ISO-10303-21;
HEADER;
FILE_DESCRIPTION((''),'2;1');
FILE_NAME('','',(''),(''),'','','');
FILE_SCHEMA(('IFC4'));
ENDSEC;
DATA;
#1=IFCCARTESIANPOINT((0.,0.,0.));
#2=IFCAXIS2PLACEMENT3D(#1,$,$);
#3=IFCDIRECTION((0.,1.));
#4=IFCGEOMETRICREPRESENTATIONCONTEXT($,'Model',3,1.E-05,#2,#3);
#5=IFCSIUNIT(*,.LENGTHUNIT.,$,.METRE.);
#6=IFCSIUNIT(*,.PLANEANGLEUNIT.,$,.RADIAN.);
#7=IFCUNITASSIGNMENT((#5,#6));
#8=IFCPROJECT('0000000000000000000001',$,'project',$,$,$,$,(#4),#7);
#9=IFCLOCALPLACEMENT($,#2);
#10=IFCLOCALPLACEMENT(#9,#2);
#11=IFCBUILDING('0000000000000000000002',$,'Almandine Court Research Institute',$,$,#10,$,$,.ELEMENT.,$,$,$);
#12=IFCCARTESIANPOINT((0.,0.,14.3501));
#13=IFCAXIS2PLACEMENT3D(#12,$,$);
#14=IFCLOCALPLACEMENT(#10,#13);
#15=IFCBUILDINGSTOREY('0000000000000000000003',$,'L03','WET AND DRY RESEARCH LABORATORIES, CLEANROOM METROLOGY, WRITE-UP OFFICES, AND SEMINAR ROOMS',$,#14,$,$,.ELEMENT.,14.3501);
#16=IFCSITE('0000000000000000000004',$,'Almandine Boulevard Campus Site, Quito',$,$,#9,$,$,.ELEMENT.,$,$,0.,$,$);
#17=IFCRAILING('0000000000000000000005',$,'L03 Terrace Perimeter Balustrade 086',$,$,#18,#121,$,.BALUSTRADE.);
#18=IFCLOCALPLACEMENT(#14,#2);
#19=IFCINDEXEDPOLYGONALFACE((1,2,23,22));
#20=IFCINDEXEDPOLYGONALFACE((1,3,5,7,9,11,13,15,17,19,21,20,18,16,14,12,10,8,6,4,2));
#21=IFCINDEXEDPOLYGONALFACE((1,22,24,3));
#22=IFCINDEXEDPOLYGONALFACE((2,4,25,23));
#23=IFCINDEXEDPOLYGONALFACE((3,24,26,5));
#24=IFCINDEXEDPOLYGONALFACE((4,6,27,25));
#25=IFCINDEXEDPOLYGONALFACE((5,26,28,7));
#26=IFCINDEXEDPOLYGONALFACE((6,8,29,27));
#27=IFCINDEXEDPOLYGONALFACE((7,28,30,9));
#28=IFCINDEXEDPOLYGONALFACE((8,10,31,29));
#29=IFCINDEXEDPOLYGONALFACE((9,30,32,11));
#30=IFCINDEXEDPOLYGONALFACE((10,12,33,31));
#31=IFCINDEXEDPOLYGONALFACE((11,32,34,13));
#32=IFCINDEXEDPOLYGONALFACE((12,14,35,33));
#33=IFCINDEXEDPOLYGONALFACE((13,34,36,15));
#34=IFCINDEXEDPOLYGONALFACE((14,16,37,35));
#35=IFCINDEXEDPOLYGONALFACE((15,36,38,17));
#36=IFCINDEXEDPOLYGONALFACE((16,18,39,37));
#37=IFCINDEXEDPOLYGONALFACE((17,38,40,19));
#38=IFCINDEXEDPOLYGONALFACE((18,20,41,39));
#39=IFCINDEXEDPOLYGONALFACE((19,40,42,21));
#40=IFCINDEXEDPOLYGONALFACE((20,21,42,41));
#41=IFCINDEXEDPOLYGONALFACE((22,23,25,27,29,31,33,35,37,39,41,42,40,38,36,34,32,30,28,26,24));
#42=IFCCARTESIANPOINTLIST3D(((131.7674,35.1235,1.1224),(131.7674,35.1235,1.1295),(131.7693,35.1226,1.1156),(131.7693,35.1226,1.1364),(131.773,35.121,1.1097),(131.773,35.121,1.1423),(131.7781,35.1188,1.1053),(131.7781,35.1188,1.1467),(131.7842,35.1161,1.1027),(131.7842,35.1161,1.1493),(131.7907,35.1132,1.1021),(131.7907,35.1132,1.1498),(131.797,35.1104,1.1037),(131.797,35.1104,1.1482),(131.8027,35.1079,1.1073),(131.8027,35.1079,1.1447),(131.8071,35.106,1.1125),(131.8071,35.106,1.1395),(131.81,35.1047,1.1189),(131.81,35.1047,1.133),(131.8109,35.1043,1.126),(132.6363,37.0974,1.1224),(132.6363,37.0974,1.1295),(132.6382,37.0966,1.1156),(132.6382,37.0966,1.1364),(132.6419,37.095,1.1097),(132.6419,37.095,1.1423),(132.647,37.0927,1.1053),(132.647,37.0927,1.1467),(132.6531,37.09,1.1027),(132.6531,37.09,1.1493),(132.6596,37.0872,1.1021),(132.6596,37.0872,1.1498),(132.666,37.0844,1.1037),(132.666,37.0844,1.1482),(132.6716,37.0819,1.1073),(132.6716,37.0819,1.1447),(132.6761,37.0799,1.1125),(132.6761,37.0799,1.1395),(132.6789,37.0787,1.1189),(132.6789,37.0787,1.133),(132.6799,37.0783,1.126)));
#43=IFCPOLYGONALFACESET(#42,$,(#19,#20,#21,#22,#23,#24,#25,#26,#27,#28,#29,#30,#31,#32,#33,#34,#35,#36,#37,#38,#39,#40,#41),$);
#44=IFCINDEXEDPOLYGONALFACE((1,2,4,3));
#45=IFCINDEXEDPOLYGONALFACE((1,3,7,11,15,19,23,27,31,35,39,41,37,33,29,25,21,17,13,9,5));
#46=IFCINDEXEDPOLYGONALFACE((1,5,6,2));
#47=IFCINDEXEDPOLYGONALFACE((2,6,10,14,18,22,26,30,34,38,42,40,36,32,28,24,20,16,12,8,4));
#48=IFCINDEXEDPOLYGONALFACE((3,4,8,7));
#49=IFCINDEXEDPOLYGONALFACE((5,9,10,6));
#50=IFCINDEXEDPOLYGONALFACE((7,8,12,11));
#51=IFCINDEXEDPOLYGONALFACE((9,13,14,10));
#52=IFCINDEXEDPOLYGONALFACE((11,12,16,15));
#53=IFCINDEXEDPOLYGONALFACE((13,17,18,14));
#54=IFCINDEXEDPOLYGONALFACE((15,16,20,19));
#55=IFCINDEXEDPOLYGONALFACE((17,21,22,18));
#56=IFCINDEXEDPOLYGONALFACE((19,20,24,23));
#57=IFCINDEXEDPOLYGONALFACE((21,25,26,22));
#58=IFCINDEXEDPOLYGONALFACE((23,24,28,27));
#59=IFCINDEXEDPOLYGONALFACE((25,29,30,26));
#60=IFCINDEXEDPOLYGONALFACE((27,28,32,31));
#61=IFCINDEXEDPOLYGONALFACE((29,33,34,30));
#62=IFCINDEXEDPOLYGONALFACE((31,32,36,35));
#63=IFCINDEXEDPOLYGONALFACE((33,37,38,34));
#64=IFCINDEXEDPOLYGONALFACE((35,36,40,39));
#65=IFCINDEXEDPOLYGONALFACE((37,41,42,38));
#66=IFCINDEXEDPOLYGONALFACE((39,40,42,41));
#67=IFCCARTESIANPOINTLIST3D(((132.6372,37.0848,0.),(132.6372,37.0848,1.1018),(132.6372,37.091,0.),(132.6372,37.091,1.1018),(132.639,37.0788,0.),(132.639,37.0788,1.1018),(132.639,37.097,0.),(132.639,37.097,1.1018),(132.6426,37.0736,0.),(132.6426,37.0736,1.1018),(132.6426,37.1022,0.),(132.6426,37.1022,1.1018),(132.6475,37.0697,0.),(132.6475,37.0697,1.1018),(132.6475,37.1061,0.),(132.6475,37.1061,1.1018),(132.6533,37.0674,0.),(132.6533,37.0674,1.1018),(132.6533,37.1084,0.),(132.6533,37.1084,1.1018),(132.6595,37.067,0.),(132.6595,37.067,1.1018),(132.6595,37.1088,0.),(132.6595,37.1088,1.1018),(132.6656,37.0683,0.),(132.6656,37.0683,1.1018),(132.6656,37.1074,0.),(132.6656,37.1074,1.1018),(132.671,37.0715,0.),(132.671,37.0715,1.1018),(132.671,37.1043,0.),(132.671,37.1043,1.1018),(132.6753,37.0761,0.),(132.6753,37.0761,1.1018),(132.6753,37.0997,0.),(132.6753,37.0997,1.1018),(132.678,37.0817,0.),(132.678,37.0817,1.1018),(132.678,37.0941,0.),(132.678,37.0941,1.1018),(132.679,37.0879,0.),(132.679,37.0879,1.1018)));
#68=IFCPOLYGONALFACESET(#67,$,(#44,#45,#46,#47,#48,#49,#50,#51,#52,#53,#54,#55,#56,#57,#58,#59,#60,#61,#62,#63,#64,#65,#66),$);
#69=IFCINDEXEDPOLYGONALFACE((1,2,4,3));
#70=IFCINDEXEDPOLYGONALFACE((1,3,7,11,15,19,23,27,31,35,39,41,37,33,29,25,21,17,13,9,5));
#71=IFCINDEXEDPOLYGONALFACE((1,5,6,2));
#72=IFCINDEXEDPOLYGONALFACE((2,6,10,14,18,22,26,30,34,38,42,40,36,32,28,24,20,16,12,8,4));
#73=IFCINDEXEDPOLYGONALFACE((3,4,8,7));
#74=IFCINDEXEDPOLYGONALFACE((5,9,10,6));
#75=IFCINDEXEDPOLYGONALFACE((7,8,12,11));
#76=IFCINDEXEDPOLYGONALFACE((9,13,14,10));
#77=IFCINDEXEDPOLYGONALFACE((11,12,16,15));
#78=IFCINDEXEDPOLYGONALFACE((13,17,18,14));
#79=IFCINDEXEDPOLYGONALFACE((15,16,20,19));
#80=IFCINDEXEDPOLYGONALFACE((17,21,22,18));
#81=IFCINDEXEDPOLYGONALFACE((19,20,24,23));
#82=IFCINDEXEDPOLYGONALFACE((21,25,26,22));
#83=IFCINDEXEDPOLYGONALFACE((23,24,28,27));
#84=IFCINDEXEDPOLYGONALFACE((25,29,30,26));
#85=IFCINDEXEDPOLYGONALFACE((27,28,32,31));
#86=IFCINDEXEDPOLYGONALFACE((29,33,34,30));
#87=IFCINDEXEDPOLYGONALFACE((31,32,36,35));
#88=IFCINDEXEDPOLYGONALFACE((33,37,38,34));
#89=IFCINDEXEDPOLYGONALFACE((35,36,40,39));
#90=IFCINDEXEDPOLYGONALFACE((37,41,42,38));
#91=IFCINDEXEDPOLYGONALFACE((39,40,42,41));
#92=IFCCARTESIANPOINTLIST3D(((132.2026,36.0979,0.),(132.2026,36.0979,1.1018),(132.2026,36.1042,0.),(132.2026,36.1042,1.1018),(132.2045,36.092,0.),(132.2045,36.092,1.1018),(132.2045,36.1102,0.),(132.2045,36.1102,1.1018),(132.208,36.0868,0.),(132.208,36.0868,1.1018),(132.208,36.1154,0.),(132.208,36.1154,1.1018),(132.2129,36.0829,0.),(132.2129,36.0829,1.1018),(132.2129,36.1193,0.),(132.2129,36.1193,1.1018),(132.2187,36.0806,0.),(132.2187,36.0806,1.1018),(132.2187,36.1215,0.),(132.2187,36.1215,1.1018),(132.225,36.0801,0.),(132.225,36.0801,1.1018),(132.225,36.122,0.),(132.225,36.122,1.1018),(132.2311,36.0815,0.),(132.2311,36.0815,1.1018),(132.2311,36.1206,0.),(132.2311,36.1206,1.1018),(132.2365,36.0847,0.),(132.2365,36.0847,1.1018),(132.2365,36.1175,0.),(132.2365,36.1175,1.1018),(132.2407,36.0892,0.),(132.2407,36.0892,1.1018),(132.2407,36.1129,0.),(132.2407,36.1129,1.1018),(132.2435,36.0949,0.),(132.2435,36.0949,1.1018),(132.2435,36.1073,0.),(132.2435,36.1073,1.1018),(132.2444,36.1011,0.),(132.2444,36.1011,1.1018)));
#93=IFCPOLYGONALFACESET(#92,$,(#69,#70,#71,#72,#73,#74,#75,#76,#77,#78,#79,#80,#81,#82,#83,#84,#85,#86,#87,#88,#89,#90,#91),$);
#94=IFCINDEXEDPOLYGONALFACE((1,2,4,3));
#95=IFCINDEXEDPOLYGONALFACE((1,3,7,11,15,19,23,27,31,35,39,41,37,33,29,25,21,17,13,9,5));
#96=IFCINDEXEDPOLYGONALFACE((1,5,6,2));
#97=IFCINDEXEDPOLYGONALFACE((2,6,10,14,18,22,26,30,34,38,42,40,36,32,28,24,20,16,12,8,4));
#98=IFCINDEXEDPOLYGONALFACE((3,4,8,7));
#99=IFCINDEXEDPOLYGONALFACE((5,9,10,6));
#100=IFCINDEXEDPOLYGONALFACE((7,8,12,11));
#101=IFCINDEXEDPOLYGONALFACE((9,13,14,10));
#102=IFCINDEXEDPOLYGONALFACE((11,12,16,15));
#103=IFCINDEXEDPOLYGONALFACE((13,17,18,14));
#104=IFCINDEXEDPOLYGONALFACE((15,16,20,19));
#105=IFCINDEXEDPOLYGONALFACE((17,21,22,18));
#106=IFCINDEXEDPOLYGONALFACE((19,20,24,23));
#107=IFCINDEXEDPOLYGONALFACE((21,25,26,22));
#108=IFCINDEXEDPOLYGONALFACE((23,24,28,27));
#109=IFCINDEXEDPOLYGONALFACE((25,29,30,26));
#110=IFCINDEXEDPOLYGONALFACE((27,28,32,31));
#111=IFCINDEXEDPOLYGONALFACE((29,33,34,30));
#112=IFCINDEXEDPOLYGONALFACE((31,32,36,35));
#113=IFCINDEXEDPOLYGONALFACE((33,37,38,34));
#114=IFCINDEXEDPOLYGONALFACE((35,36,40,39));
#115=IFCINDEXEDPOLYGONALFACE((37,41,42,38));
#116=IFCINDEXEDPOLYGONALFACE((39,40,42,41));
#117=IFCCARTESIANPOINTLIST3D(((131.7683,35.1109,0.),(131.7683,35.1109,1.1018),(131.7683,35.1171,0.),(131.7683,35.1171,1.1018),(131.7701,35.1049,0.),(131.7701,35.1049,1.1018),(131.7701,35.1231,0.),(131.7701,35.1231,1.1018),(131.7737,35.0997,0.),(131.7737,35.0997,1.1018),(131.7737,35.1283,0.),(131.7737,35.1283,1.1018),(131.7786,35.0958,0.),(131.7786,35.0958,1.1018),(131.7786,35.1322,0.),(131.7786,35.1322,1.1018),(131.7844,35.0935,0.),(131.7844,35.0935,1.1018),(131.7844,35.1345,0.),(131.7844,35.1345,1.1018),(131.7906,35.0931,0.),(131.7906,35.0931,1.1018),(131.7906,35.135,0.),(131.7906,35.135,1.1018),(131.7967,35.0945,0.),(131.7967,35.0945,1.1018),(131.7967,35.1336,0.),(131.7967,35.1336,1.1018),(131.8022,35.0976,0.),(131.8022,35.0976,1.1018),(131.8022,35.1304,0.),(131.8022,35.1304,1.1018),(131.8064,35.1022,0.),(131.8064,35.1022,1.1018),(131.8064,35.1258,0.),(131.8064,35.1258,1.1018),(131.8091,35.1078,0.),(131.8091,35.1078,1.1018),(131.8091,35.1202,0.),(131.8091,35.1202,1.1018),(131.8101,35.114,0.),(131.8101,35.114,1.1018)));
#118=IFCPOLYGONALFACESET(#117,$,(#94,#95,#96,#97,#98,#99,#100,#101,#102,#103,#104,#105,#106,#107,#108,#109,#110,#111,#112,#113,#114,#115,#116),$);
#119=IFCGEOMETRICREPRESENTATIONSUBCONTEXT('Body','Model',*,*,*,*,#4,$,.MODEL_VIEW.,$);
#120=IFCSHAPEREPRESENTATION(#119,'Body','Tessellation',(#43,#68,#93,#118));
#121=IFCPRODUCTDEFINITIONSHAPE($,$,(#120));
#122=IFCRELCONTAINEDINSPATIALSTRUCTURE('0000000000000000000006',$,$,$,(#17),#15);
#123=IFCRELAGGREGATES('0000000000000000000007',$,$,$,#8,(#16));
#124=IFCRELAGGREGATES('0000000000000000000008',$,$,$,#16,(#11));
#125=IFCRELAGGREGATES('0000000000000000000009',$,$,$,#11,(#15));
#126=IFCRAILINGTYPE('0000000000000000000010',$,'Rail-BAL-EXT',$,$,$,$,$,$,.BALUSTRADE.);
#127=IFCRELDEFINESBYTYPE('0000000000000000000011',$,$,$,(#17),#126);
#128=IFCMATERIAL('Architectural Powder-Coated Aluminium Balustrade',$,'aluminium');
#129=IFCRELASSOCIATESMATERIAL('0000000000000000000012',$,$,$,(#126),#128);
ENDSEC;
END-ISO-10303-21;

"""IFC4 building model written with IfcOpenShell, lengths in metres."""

from ifc_helpers import new_model, si_unit, direction, frame, origin, origin_2d, place, context, subcontext, project, spatial, circle, extrude, material, type_object, element, save


model = new_model("IFC4")

# Units and contexts
model_context = context("Model", 3, precision=1e-05, world=origin(), true_north=direction((0.0, 1.0)))
body_context = subcontext(model_context, "Body", "Model", "MODEL_VIEW")
ifc_project = project(units=[si_unit("LENGTHUNIT", "METRE"), si_unit("PLANEANGLEUNIT", "RADIAN")], contexts=[model_context])

# Site, building, storey
site_placement = place(None, origin())
site = spatial("IfcSite", under=ifc_project, at=site_placement, Name="Almandine Boulevard Campus Site, Quito", CompositionType="ELEMENT", RefElevation=0.0)
building_placement = place(site_placement, origin())
building = spatial("IfcBuilding", under=site, at=building_placement, Name="Almandine Court Research Institute", CompositionType="ELEMENT")
storey_placement = place(building_placement, frame((0.0, 0.0, 14.3501)))
storey = spatial("IfcBuildingStorey", under=building, at=storey_placement, Name="L03", Description="WET AND DRY RESEARCH LABORATORIES, CLEANROOM METROLOGY, WRITE-UP OFFICES, AND SEMINAR ROOMS", CompositionType="ELEMENT", Elevation=14.3501)

# Railing
ifc_material_1 = material(Name="Architectural Powder-Coated Aluminium Balustrade", Category="aluminium")
railing_type = type_object("IfcRailingType", Name="Rail-BAL-EXT", PredefinedType="BALUSTRADE", material=ifc_material_1)
railing_1_placement = place(storey_placement, frame((132.658, 37.0879, 0.0)))
element("IfcRailing", 1, at=railing_1_placement, inside=storey, type_object=railing_type, Name="L03 Terrace Perimeter Balustrade 086", PredefinedType="BALUSTRADE", context=body_context, shape_type="SweptSolid", body=[
    extrude(circle(Radius=0.0239, at=origin_2d()), frame((0.0, 0.0, 1.126), z_axis=(-0.40289, -0.915248, 0.0), x_axis=(0.915248, -0.40289, 0.0)), (0.0, 0.0, 1.0), 2.1567),
    extrude(circle(Radius=0.021, at=origin_2d()), origin(), (0.0, 0.0, 1.0), 1.1018),
    extrude(circle(Radius=0.021, at=origin_2d()), frame((-0.4346, -0.9868, 0.0)), (0.0, 0.0, 1.0), 1.1018),
    extrude(circle(Radius=0.021, at=origin_2d()), frame((-0.8689, -1.9739, 0.0)), (0.0, 0.0, 1.0), 1.1018),
])

save(model, "model.ifc")
